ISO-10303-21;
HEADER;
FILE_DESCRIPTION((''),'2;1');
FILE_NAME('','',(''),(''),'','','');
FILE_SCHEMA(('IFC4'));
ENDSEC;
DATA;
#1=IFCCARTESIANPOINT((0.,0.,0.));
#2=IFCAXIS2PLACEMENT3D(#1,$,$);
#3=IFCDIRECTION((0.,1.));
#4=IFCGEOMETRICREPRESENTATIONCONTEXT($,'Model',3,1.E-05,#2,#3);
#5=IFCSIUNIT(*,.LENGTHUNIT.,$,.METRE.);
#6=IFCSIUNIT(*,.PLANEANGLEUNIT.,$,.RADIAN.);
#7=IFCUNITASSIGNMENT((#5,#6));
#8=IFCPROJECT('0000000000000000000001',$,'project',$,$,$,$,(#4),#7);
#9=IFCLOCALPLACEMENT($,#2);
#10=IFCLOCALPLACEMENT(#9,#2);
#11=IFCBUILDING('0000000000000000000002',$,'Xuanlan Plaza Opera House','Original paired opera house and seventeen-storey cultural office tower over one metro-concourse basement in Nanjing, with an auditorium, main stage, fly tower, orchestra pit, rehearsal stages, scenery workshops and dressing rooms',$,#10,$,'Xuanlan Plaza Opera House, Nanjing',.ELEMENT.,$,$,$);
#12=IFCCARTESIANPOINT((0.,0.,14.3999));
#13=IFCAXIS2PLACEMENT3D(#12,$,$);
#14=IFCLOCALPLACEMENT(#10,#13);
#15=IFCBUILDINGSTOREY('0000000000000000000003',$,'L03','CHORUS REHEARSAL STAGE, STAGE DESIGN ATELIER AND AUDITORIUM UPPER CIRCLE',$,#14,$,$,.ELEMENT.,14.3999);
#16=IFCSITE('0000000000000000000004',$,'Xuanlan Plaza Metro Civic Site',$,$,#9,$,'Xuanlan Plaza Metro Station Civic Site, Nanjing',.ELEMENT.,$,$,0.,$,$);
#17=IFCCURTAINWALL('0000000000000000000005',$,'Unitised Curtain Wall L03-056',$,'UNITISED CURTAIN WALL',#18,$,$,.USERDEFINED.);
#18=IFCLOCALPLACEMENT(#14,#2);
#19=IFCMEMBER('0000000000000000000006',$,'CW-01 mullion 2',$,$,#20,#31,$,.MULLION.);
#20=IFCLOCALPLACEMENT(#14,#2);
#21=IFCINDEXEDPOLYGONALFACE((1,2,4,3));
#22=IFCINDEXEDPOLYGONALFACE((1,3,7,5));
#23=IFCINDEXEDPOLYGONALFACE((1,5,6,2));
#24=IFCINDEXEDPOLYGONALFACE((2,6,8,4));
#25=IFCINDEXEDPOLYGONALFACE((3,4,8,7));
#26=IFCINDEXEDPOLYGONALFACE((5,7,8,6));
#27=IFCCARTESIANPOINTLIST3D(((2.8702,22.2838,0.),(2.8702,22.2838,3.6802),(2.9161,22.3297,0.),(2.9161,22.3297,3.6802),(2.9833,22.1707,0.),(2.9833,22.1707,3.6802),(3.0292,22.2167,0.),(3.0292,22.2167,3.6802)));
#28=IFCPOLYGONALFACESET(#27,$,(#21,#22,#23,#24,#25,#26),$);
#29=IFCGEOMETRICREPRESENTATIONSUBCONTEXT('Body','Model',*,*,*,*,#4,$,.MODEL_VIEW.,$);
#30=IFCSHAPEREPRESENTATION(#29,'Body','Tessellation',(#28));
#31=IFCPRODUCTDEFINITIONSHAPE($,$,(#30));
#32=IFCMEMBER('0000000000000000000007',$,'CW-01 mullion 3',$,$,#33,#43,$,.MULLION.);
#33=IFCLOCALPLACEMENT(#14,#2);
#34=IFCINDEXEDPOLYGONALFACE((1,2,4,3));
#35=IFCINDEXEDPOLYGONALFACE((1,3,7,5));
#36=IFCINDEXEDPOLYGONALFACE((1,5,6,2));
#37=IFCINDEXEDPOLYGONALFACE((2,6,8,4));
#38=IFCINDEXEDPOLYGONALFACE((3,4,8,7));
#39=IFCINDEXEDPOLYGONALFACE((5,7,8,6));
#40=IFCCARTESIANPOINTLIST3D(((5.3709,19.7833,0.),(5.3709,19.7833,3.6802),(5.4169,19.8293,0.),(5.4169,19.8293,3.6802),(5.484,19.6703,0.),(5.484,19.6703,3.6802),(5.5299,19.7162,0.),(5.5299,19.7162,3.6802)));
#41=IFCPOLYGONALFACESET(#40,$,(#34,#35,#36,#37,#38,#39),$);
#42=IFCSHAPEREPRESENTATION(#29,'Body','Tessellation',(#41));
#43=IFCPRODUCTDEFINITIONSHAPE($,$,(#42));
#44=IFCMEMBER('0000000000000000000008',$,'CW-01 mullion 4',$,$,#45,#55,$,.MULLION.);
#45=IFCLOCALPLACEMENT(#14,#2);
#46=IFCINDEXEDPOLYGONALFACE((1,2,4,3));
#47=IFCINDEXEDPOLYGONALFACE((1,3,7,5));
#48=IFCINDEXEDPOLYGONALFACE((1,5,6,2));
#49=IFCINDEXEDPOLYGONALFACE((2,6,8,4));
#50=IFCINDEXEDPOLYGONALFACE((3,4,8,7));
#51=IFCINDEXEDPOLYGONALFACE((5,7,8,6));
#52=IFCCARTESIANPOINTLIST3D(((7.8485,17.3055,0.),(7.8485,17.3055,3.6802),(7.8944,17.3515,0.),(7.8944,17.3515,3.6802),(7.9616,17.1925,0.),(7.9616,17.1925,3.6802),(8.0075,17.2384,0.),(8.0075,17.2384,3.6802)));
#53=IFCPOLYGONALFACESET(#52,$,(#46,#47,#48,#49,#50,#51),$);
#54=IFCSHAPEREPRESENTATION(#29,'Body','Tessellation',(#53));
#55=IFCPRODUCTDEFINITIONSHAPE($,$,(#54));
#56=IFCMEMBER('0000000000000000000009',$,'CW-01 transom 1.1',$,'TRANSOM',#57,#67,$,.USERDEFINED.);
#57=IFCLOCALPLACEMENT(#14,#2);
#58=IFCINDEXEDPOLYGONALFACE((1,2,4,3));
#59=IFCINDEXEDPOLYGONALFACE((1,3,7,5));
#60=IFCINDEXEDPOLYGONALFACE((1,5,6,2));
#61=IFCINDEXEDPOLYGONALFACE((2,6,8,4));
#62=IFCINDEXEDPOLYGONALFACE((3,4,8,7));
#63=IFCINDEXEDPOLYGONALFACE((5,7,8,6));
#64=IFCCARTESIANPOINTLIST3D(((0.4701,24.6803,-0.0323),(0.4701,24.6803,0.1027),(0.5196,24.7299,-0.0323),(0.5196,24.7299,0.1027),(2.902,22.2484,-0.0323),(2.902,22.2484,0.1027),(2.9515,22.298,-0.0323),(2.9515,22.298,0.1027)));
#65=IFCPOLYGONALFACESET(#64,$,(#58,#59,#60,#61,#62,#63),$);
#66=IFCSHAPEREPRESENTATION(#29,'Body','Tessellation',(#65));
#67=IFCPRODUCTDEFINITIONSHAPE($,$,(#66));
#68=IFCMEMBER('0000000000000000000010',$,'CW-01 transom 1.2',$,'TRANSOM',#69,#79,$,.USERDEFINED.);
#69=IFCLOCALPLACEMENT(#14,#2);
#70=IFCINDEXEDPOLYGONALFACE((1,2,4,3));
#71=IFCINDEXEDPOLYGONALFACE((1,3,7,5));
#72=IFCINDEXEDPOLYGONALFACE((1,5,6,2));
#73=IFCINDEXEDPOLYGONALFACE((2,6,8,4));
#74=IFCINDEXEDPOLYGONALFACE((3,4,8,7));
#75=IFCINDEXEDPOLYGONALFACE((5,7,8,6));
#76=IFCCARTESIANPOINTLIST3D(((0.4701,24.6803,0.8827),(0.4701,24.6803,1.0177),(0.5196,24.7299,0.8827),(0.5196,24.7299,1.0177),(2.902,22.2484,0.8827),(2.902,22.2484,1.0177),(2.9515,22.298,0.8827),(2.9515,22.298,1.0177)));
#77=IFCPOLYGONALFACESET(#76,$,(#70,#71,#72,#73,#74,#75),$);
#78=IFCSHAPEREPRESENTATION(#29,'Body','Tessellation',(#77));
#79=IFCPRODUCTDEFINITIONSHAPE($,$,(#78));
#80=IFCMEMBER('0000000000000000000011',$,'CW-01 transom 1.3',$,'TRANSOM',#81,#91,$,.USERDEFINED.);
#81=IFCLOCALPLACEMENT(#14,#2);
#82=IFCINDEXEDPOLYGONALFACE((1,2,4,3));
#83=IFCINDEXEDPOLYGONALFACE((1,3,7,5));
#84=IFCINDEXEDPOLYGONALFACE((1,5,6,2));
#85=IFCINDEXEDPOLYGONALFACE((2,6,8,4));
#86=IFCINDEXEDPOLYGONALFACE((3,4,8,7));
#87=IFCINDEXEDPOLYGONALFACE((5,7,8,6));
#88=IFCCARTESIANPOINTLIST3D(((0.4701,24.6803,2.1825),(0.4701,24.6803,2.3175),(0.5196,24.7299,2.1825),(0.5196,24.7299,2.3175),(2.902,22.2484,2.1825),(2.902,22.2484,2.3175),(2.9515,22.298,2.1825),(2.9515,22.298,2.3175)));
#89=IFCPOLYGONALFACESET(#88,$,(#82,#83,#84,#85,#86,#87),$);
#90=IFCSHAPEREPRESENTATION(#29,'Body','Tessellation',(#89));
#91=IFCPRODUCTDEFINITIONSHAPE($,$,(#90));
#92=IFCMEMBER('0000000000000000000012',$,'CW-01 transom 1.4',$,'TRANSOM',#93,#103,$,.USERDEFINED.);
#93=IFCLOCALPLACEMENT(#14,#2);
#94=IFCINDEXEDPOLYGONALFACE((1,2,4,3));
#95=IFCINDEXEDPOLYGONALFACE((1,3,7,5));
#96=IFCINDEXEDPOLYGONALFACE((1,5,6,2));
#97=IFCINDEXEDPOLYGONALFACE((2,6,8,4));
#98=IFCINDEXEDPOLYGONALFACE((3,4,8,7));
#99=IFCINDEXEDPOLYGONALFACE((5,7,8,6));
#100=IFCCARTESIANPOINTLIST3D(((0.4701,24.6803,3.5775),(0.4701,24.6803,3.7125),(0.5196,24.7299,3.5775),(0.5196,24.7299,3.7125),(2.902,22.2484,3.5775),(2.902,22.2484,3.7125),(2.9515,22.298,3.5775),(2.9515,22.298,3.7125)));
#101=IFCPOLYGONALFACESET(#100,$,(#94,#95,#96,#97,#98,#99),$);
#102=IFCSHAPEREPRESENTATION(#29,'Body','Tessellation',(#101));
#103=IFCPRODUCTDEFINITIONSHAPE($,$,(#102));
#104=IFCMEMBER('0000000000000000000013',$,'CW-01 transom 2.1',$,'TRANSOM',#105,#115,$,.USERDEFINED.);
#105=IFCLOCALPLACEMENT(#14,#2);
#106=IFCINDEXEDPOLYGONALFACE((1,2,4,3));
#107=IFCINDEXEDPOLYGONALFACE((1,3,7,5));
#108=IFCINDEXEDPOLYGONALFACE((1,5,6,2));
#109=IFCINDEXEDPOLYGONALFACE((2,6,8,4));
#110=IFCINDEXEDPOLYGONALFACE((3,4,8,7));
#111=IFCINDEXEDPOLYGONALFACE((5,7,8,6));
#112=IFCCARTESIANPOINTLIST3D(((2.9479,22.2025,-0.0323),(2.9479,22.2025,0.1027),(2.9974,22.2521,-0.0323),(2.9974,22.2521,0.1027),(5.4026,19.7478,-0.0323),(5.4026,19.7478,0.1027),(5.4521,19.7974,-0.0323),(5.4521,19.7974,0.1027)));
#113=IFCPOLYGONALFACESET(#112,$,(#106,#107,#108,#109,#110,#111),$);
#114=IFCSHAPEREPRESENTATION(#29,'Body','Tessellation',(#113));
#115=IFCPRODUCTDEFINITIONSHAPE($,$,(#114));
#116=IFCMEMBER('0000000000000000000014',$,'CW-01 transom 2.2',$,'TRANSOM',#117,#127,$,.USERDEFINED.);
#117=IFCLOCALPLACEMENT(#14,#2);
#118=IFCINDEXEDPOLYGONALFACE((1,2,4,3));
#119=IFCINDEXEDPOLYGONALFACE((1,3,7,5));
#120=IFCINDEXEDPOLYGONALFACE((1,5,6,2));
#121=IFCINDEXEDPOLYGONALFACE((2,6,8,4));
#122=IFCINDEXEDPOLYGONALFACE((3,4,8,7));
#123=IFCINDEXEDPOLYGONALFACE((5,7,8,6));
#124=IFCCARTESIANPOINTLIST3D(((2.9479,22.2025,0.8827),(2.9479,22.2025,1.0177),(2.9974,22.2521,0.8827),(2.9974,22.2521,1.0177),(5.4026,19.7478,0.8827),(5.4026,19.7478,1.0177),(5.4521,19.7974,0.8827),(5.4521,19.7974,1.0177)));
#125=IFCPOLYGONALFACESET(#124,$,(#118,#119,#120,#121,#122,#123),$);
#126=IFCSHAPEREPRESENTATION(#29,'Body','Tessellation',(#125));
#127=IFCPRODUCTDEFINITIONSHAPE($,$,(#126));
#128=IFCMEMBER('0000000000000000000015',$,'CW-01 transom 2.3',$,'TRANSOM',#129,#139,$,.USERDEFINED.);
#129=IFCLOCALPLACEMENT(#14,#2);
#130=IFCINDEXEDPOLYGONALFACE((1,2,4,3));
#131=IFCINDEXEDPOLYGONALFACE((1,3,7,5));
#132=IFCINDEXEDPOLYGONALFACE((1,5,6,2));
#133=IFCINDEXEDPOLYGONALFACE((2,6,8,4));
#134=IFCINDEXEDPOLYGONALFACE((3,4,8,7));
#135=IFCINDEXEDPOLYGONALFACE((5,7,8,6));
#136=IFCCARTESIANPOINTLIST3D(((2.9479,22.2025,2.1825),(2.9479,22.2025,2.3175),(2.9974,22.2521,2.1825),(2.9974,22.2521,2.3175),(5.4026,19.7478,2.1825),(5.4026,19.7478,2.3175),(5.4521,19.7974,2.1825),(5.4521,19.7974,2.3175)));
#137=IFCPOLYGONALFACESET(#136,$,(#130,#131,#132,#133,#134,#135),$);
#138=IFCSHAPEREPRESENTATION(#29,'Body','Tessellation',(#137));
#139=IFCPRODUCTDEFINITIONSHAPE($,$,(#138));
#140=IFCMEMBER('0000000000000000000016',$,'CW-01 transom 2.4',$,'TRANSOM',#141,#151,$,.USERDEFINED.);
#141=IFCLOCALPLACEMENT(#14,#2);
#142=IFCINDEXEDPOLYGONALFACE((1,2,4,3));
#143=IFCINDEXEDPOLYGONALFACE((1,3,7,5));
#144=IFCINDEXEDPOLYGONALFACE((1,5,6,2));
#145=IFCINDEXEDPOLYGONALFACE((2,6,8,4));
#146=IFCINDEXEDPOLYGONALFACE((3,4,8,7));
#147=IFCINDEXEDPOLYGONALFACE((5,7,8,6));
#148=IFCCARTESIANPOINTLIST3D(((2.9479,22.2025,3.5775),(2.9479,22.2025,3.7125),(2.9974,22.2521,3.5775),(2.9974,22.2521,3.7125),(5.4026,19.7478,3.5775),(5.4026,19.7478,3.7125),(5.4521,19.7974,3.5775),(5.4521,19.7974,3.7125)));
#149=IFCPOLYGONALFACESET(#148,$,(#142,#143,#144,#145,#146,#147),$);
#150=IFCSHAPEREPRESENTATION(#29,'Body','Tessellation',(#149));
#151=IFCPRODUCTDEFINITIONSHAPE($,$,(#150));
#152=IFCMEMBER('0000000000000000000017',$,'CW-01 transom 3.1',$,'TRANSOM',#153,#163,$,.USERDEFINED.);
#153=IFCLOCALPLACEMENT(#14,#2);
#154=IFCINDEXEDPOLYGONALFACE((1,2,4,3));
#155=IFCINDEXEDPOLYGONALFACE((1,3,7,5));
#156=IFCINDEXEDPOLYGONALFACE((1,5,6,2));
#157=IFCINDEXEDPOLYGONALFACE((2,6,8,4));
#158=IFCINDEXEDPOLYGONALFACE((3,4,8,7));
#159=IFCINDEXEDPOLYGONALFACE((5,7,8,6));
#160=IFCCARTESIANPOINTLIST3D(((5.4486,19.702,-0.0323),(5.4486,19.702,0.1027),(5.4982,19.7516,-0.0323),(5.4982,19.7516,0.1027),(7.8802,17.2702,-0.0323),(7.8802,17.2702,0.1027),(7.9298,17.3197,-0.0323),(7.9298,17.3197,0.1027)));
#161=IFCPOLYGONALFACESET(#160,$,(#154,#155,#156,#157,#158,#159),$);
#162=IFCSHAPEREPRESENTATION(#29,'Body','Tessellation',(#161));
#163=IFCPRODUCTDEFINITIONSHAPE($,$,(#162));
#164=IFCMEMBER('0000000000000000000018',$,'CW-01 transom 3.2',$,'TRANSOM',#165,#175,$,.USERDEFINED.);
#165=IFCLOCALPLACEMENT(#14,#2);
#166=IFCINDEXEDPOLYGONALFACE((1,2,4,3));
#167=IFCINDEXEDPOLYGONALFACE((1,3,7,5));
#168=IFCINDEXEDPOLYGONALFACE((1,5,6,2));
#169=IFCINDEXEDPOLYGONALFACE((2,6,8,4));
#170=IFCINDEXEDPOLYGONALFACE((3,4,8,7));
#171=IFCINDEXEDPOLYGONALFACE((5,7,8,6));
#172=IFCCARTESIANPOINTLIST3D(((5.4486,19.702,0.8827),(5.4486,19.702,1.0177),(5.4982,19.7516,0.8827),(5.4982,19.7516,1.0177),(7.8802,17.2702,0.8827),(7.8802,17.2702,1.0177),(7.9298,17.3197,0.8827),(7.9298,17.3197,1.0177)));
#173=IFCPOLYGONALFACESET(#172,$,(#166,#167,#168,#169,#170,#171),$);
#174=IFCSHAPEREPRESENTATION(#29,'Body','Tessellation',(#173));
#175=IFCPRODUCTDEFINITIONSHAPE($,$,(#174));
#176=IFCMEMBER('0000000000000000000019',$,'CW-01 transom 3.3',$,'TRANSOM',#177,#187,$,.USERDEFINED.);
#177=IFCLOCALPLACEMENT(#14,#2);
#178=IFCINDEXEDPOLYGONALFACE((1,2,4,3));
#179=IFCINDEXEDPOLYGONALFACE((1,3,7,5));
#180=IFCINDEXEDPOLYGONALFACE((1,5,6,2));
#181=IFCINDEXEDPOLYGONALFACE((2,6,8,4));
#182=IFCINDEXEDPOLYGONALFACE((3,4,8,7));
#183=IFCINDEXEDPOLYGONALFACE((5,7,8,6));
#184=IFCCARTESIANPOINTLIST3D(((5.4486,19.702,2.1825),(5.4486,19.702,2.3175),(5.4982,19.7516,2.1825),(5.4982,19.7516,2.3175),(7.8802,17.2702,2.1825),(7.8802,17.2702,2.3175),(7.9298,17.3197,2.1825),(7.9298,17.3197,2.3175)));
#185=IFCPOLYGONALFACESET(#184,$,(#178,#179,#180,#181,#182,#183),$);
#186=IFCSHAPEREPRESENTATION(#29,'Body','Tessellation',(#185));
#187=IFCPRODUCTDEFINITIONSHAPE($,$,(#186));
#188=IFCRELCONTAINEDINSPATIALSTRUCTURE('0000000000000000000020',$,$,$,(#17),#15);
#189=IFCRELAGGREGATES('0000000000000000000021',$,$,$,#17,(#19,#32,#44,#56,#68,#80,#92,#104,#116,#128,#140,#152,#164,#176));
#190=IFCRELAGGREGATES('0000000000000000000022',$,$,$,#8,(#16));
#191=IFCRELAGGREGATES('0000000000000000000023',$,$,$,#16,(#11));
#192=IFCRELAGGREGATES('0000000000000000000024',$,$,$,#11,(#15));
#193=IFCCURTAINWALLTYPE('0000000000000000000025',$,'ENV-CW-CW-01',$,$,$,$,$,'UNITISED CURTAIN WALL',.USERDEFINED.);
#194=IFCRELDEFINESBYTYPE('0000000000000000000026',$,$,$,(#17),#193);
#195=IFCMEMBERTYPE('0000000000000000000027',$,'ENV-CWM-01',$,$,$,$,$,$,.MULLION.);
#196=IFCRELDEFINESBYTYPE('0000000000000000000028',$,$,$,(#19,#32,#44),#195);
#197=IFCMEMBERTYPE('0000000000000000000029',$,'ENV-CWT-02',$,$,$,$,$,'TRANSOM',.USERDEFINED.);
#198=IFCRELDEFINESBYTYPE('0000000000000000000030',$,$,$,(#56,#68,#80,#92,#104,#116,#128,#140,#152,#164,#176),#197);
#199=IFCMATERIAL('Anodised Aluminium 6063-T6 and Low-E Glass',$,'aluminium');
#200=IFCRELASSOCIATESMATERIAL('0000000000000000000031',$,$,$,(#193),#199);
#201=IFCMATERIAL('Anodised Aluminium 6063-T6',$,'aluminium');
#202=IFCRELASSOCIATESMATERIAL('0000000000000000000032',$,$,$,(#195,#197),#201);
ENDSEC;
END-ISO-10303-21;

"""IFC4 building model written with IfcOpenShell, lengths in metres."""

from ifc_helpers import new_model, si_unit, direction, frame, origin, origin_2d, place, context, subcontext, project, spatial, rectangle, extrude, material, material_profile, profile_set, type_object, element, aggregate, save


model = new_model("IFC4")

# Units and contexts
model_context = context("Model", 3, precision=1e-05, world=origin(), true_north=direction((0.0, 1.0)))
body_context = subcontext(model_context, "Body", "Model", "MODEL_VIEW")
ifc_project = project(units=[si_unit("LENGTHUNIT", "METRE"), si_unit("PLANEANGLEUNIT", "RADIAN")], contexts=[model_context])

# Site, building, storey
site_placement = place(None, origin())
site = spatial("IfcSite", under=ifc_project, at=site_placement, Name="Xuanlan Plaza Metro Civic Site", LongName="Xuanlan Plaza Metro Station Civic Site, Nanjing", CompositionType="ELEMENT", RefElevation=0.0)
building_placement = place(site_placement, origin())
building = spatial("IfcBuilding", under=site, at=building_placement, Name="Xuanlan Plaza Opera House", Description="Original paired opera house and seventeen-storey cultural office tower over one metro-concourse basement in Nanjing, with an auditorium, main stage, fly tower, orchestra pit, rehearsal stages, scenery workshops and dressing rooms", LongName="Xuanlan Plaza Opera House, Nanjing", CompositionType="ELEMENT")
storey_placement = place(building_placement, frame((0.0, 0.0, 14.3999)))
storey = spatial("IfcBuildingStorey", under=building, at=storey_placement, Name="L03", Description="CHORUS REHEARSAL STAGE, STAGE DESIGN ATELIER AND AUDITORIUM UPPER CIRCLE", CompositionType="ELEMENT", Elevation=14.3999)

# Curtain wall, members
ifc_material_1 = material(Name="Anodised Aluminium 6063-T6 and Low-E Glass", Category="aluminium")
curtain_wall_type = type_object("IfcCurtainWallType", Name="ENV-CW-CW-01", ElementType="UNITISED CURTAIN WALL", PredefinedType="USERDEFINED", material=ifc_material_1)
curtain_wall_placement = place(storey_placement, origin())
curtain_wall = element("IfcCurtainWall", 1, at=curtain_wall_placement, inside=storey, type_object=curtain_wall_type, Name="Unitised Curtain Wall L03-056", ObjectType="UNITISED CURTAIN WALL", PredefinedType="USERDEFINED")
ifc_material_2 = material(Name="Anodised Aluminium 6063-T6", Category="aluminium")
ifc_material_profile_1 = material_profile(ifc_material_2, rectangle(XDim=0.0649, YDim=0.1599, at=origin_2d()), Name="ALU-M 65x160")
ifc_profile_set_1 = profile_set([ifc_material_profile_1], Name="Anodised Aluminium 6063-T6")
member_type_1 = type_object("IfcMemberType", Name="ENV-CWM-01", PredefinedType="MULLION", material=ifc_profile_set_1)
member_1_placement = place(storey_placement, frame((2.9497, 22.2502, 0.0), z_axis=(0.0, 0.0, 1.0), x_axis=(0.707107, 0.707107, 0.0)))
member_1 = element("IfcMember", 2, at=member_1_placement, type_object=member_type_1, Name="CW-01 mullion 2", PredefinedType="MULLION", context=body_context, shape_type="SweptSolid", body=[
    extrude(rectangle(XDim=0.0649, YDim=0.1599, at=origin_2d()), origin(), (0.0, 0.0, 1.0), 3.6802),
])
member_2_placement = place(storey_placement, frame((5.4504, 19.7498, 0.0), z_axis=(0.0, 0.0, 1.0), x_axis=(0.707107, 0.707107, 0.0)))
member_2 = element("IfcMember", 3, at=member_2_placement, type_object=member_type_1, Name="CW-01 mullion 3", PredefinedType="MULLION", context=body_context, shape_type="SweptSolid", body=[
    extrude(rectangle(XDim=0.0649, YDim=0.1599, at=origin_2d()), origin(), (0.0, 0.0, 1.0), 3.6802),
])
member_3_placement = place(storey_placement, frame((7.928, 17.272, 0.0), z_axis=(0.0, 0.0, 1.0), x_axis=(0.707107, 0.707107, 0.0)))
member_3 = element("IfcMember", 4, at=member_3_placement, type_object=member_type_1, Name="CW-01 mullion 4", PredefinedType="MULLION", context=body_context, shape_type="SweptSolid", body=[
    extrude(rectangle(XDim=0.0649, YDim=0.1599, at=origin_2d()), origin(), (0.0, 0.0, 1.0), 3.6802),
])
ifc_material_profile_2 = material_profile(ifc_material_2, rectangle(XDim=0.0701, YDim=0.135, at=origin_2d()), Name="ALU-T 70x135")
ifc_profile_set_2 = profile_set([ifc_material_profile_2], Name="Anodised Aluminium 6063-T6")
member_type_2 = type_object("IfcMemberType", Name="ENV-CWT-02", ElementType="TRANSOM", PredefinedType="USERDEFINED", material=ifc_profile_set_2)
member_4_placement = place(storey_placement, frame((0.4949, 24.7051, 0.0352), z_axis=(0.707107, -0.707107, 0.0), x_axis=(0.707107, 0.707107, 0.0)))
member_4 = element("IfcMember", 5, at=member_4_placement, type_object=member_type_2, Name="CW-01 transom 1.1", ObjectType="TRANSOM", PredefinedType="USERDEFINED", context=body_context, shape_type="SweptSolid", body=[
    extrude(rectangle(XDim=0.0701, YDim=0.135, at=origin_2d()), origin(), (0.0, 0.0, 1.0), 3.4392),
])
member_5_placement = place(storey_placement, frame((0.4949, 24.7051, 0.9502), z_axis=(0.707107, -0.707107, 0.0), x_axis=(0.707107, 0.707107, 0.0)))
member_5 = element("IfcMember", 6, at=member_5_placement, type_object=member_type_2, Name="CW-01 transom 1.2", ObjectType="TRANSOM", PredefinedType="USERDEFINED", context=body_context, shape_type="SweptSolid", body=[
    extrude(rectangle(XDim=0.0701, YDim=0.135, at=origin_2d()), origin(), (0.0, 0.0, 1.0), 3.4392),
])
member_6_placement = place(storey_placement, frame((0.4949, 24.7051, 2.25), z_axis=(0.707107, -0.707107, 0.0), x_axis=(0.707107, 0.707107, 0.0)))
member_6 = element("IfcMember", 7, at=member_6_placement, type_object=member_type_2, Name="CW-01 transom 1.3", ObjectType="TRANSOM", PredefinedType="USERDEFINED", context=body_context, shape_type="SweptSolid", body=[
    extrude(rectangle(XDim=0.0701, YDim=0.135, at=origin_2d()), origin(), (0.0, 0.0, 1.0), 3.4392),
])
member_7_placement = place(storey_placement, frame((0.4949, 24.7051, 3.645), z_axis=(0.707107, -0.707107, 0.0), x_axis=(0.707107, 0.707107, 0.0)))
member_7 = element("IfcMember", 8, at=member_7_placement, type_object=member_type_2, Name="CW-01 transom 1.4", ObjectType="TRANSOM", PredefinedType="USERDEFINED", context=body_context, shape_type="SweptSolid", body=[
    extrude(rectangle(XDim=0.0701, YDim=0.135, at=origin_2d()), origin(), (0.0, 0.0, 1.0), 3.4392),
])
member_8_placement = place(storey_placement, frame((2.9727, 22.2273, 0.0352), z_axis=(0.707107, -0.707107, 0.0), x_axis=(0.707107, 0.707107, 0.0)))
member_8 = element("IfcMember", 9, at=member_8_placement, type_object=member_type_2, Name="CW-01 transom 2.1", ObjectType="TRANSOM", PredefinedType="USERDEFINED", context=body_context, shape_type="SweptSolid", body=[
    extrude(rectangle(XDim=0.0701, YDim=0.135, at=origin_2d()), origin(), (0.0, 0.0, 1.0), 3.4714),
])
member_9_placement = place(storey_placement, frame((2.9727, 22.2273, 0.9502), z_axis=(0.707107, -0.707107, 0.0), x_axis=(0.707107, 0.707107, 0.0)))
member_9 = element("IfcMember", 10, at=member_9_placement, type_object=member_type_2, Name="CW-01 transom 2.2", ObjectType="TRANSOM", PredefinedType="USERDEFINED", context=body_context, shape_type="SweptSolid", body=[
    extrude(rectangle(XDim=0.0701, YDim=0.135, at=origin_2d()), origin(), (0.0, 0.0, 1.0), 3.4714),
])
member_10_placement = place(storey_placement, frame((2.9727, 22.2273, 2.25), z_axis=(0.707107, -0.707107, 0.0), x_axis=(0.707107, 0.707107, 0.0)))
member_10 = element("IfcMember", 11, at=member_10_placement, type_object=member_type_2, Name="CW-01 transom 2.3", ObjectType="TRANSOM", PredefinedType="USERDEFINED", context=body_context, shape_type="SweptSolid", body=[
    extrude(rectangle(XDim=0.0701, YDim=0.135, at=origin_2d()), origin(), (0.0, 0.0, 1.0), 3.4714),
])
member_11_placement = place(storey_placement, frame((2.9727, 22.2273, 3.645), z_axis=(0.707107, -0.707107, 0.0), x_axis=(0.707107, 0.707107, 0.0)))
member_11 = element("IfcMember", 12, at=member_11_placement, type_object=member_type_2, Name="CW-01 transom 2.4", ObjectType="TRANSOM", PredefinedType="USERDEFINED", context=body_context, shape_type="SweptSolid", body=[
    extrude(rectangle(XDim=0.0701, YDim=0.135, at=origin_2d()), origin(), (0.0, 0.0, 1.0), 3.4714),
])
member_12_placement = place(storey_placement, frame((5.4734, 19.7268, 0.0352), z_axis=(0.707071, -0.707142, 0.0), x_axis=(0.707142, 0.707071, 0.0)))
member_12 = element("IfcMember", 13, at=member_12_placement, type_object=member_type_2, Name="CW-01 transom 3.1", ObjectType="TRANSOM", PredefinedType="USERDEFINED", context=body_context, shape_type="SweptSolid", body=[
    extrude(rectangle(XDim=0.0701, YDim=0.135, at=origin_2d()), origin(), (0.0, 0.0, 1.0), 3.439),
])
member_13_placement = place(storey_placement, frame((5.4734, 19.7268, 0.9502), z_axis=(0.707071, -0.707142, 0.0), x_axis=(0.707142, 0.707071, 0.0)))
member_13 = element("IfcMember", 14, at=member_13_placement, type_object=member_type_2, Name="CW-01 transom 3.2", ObjectType="TRANSOM", PredefinedType="USERDEFINED", context=body_context, shape_type="SweptSolid", body=[
    extrude(rectangle(XDim=0.0701, YDim=0.135, at=origin_2d()), origin(), (0.0, 0.0, 1.0), 3.439),
])
member_14_placement = place(storey_placement, frame((5.4734, 19.7268, 2.25), z_axis=(0.707071, -0.707142, 0.0), x_axis=(0.707142, 0.707071, 0.0)))
member_14 = element("IfcMember", 15, at=member_14_placement, type_object=member_type_2, Name="CW-01 transom 3.3", ObjectType="TRANSOM", PredefinedType="USERDEFINED", context=body_context, shape_type="SweptSolid", body=[
    extrude(rectangle(XDim=0.0701, YDim=0.135, at=origin_2d()), origin(), (0.0, 0.0, 1.0), 3.439),
])

aggregate(curtain_wall, [member_1, member_2, member_3, member_4, member_5, member_6, member_7, member_8, member_9, member_10, member_11, member_12, member_13, member_14])

save(model, "model.ifc")
